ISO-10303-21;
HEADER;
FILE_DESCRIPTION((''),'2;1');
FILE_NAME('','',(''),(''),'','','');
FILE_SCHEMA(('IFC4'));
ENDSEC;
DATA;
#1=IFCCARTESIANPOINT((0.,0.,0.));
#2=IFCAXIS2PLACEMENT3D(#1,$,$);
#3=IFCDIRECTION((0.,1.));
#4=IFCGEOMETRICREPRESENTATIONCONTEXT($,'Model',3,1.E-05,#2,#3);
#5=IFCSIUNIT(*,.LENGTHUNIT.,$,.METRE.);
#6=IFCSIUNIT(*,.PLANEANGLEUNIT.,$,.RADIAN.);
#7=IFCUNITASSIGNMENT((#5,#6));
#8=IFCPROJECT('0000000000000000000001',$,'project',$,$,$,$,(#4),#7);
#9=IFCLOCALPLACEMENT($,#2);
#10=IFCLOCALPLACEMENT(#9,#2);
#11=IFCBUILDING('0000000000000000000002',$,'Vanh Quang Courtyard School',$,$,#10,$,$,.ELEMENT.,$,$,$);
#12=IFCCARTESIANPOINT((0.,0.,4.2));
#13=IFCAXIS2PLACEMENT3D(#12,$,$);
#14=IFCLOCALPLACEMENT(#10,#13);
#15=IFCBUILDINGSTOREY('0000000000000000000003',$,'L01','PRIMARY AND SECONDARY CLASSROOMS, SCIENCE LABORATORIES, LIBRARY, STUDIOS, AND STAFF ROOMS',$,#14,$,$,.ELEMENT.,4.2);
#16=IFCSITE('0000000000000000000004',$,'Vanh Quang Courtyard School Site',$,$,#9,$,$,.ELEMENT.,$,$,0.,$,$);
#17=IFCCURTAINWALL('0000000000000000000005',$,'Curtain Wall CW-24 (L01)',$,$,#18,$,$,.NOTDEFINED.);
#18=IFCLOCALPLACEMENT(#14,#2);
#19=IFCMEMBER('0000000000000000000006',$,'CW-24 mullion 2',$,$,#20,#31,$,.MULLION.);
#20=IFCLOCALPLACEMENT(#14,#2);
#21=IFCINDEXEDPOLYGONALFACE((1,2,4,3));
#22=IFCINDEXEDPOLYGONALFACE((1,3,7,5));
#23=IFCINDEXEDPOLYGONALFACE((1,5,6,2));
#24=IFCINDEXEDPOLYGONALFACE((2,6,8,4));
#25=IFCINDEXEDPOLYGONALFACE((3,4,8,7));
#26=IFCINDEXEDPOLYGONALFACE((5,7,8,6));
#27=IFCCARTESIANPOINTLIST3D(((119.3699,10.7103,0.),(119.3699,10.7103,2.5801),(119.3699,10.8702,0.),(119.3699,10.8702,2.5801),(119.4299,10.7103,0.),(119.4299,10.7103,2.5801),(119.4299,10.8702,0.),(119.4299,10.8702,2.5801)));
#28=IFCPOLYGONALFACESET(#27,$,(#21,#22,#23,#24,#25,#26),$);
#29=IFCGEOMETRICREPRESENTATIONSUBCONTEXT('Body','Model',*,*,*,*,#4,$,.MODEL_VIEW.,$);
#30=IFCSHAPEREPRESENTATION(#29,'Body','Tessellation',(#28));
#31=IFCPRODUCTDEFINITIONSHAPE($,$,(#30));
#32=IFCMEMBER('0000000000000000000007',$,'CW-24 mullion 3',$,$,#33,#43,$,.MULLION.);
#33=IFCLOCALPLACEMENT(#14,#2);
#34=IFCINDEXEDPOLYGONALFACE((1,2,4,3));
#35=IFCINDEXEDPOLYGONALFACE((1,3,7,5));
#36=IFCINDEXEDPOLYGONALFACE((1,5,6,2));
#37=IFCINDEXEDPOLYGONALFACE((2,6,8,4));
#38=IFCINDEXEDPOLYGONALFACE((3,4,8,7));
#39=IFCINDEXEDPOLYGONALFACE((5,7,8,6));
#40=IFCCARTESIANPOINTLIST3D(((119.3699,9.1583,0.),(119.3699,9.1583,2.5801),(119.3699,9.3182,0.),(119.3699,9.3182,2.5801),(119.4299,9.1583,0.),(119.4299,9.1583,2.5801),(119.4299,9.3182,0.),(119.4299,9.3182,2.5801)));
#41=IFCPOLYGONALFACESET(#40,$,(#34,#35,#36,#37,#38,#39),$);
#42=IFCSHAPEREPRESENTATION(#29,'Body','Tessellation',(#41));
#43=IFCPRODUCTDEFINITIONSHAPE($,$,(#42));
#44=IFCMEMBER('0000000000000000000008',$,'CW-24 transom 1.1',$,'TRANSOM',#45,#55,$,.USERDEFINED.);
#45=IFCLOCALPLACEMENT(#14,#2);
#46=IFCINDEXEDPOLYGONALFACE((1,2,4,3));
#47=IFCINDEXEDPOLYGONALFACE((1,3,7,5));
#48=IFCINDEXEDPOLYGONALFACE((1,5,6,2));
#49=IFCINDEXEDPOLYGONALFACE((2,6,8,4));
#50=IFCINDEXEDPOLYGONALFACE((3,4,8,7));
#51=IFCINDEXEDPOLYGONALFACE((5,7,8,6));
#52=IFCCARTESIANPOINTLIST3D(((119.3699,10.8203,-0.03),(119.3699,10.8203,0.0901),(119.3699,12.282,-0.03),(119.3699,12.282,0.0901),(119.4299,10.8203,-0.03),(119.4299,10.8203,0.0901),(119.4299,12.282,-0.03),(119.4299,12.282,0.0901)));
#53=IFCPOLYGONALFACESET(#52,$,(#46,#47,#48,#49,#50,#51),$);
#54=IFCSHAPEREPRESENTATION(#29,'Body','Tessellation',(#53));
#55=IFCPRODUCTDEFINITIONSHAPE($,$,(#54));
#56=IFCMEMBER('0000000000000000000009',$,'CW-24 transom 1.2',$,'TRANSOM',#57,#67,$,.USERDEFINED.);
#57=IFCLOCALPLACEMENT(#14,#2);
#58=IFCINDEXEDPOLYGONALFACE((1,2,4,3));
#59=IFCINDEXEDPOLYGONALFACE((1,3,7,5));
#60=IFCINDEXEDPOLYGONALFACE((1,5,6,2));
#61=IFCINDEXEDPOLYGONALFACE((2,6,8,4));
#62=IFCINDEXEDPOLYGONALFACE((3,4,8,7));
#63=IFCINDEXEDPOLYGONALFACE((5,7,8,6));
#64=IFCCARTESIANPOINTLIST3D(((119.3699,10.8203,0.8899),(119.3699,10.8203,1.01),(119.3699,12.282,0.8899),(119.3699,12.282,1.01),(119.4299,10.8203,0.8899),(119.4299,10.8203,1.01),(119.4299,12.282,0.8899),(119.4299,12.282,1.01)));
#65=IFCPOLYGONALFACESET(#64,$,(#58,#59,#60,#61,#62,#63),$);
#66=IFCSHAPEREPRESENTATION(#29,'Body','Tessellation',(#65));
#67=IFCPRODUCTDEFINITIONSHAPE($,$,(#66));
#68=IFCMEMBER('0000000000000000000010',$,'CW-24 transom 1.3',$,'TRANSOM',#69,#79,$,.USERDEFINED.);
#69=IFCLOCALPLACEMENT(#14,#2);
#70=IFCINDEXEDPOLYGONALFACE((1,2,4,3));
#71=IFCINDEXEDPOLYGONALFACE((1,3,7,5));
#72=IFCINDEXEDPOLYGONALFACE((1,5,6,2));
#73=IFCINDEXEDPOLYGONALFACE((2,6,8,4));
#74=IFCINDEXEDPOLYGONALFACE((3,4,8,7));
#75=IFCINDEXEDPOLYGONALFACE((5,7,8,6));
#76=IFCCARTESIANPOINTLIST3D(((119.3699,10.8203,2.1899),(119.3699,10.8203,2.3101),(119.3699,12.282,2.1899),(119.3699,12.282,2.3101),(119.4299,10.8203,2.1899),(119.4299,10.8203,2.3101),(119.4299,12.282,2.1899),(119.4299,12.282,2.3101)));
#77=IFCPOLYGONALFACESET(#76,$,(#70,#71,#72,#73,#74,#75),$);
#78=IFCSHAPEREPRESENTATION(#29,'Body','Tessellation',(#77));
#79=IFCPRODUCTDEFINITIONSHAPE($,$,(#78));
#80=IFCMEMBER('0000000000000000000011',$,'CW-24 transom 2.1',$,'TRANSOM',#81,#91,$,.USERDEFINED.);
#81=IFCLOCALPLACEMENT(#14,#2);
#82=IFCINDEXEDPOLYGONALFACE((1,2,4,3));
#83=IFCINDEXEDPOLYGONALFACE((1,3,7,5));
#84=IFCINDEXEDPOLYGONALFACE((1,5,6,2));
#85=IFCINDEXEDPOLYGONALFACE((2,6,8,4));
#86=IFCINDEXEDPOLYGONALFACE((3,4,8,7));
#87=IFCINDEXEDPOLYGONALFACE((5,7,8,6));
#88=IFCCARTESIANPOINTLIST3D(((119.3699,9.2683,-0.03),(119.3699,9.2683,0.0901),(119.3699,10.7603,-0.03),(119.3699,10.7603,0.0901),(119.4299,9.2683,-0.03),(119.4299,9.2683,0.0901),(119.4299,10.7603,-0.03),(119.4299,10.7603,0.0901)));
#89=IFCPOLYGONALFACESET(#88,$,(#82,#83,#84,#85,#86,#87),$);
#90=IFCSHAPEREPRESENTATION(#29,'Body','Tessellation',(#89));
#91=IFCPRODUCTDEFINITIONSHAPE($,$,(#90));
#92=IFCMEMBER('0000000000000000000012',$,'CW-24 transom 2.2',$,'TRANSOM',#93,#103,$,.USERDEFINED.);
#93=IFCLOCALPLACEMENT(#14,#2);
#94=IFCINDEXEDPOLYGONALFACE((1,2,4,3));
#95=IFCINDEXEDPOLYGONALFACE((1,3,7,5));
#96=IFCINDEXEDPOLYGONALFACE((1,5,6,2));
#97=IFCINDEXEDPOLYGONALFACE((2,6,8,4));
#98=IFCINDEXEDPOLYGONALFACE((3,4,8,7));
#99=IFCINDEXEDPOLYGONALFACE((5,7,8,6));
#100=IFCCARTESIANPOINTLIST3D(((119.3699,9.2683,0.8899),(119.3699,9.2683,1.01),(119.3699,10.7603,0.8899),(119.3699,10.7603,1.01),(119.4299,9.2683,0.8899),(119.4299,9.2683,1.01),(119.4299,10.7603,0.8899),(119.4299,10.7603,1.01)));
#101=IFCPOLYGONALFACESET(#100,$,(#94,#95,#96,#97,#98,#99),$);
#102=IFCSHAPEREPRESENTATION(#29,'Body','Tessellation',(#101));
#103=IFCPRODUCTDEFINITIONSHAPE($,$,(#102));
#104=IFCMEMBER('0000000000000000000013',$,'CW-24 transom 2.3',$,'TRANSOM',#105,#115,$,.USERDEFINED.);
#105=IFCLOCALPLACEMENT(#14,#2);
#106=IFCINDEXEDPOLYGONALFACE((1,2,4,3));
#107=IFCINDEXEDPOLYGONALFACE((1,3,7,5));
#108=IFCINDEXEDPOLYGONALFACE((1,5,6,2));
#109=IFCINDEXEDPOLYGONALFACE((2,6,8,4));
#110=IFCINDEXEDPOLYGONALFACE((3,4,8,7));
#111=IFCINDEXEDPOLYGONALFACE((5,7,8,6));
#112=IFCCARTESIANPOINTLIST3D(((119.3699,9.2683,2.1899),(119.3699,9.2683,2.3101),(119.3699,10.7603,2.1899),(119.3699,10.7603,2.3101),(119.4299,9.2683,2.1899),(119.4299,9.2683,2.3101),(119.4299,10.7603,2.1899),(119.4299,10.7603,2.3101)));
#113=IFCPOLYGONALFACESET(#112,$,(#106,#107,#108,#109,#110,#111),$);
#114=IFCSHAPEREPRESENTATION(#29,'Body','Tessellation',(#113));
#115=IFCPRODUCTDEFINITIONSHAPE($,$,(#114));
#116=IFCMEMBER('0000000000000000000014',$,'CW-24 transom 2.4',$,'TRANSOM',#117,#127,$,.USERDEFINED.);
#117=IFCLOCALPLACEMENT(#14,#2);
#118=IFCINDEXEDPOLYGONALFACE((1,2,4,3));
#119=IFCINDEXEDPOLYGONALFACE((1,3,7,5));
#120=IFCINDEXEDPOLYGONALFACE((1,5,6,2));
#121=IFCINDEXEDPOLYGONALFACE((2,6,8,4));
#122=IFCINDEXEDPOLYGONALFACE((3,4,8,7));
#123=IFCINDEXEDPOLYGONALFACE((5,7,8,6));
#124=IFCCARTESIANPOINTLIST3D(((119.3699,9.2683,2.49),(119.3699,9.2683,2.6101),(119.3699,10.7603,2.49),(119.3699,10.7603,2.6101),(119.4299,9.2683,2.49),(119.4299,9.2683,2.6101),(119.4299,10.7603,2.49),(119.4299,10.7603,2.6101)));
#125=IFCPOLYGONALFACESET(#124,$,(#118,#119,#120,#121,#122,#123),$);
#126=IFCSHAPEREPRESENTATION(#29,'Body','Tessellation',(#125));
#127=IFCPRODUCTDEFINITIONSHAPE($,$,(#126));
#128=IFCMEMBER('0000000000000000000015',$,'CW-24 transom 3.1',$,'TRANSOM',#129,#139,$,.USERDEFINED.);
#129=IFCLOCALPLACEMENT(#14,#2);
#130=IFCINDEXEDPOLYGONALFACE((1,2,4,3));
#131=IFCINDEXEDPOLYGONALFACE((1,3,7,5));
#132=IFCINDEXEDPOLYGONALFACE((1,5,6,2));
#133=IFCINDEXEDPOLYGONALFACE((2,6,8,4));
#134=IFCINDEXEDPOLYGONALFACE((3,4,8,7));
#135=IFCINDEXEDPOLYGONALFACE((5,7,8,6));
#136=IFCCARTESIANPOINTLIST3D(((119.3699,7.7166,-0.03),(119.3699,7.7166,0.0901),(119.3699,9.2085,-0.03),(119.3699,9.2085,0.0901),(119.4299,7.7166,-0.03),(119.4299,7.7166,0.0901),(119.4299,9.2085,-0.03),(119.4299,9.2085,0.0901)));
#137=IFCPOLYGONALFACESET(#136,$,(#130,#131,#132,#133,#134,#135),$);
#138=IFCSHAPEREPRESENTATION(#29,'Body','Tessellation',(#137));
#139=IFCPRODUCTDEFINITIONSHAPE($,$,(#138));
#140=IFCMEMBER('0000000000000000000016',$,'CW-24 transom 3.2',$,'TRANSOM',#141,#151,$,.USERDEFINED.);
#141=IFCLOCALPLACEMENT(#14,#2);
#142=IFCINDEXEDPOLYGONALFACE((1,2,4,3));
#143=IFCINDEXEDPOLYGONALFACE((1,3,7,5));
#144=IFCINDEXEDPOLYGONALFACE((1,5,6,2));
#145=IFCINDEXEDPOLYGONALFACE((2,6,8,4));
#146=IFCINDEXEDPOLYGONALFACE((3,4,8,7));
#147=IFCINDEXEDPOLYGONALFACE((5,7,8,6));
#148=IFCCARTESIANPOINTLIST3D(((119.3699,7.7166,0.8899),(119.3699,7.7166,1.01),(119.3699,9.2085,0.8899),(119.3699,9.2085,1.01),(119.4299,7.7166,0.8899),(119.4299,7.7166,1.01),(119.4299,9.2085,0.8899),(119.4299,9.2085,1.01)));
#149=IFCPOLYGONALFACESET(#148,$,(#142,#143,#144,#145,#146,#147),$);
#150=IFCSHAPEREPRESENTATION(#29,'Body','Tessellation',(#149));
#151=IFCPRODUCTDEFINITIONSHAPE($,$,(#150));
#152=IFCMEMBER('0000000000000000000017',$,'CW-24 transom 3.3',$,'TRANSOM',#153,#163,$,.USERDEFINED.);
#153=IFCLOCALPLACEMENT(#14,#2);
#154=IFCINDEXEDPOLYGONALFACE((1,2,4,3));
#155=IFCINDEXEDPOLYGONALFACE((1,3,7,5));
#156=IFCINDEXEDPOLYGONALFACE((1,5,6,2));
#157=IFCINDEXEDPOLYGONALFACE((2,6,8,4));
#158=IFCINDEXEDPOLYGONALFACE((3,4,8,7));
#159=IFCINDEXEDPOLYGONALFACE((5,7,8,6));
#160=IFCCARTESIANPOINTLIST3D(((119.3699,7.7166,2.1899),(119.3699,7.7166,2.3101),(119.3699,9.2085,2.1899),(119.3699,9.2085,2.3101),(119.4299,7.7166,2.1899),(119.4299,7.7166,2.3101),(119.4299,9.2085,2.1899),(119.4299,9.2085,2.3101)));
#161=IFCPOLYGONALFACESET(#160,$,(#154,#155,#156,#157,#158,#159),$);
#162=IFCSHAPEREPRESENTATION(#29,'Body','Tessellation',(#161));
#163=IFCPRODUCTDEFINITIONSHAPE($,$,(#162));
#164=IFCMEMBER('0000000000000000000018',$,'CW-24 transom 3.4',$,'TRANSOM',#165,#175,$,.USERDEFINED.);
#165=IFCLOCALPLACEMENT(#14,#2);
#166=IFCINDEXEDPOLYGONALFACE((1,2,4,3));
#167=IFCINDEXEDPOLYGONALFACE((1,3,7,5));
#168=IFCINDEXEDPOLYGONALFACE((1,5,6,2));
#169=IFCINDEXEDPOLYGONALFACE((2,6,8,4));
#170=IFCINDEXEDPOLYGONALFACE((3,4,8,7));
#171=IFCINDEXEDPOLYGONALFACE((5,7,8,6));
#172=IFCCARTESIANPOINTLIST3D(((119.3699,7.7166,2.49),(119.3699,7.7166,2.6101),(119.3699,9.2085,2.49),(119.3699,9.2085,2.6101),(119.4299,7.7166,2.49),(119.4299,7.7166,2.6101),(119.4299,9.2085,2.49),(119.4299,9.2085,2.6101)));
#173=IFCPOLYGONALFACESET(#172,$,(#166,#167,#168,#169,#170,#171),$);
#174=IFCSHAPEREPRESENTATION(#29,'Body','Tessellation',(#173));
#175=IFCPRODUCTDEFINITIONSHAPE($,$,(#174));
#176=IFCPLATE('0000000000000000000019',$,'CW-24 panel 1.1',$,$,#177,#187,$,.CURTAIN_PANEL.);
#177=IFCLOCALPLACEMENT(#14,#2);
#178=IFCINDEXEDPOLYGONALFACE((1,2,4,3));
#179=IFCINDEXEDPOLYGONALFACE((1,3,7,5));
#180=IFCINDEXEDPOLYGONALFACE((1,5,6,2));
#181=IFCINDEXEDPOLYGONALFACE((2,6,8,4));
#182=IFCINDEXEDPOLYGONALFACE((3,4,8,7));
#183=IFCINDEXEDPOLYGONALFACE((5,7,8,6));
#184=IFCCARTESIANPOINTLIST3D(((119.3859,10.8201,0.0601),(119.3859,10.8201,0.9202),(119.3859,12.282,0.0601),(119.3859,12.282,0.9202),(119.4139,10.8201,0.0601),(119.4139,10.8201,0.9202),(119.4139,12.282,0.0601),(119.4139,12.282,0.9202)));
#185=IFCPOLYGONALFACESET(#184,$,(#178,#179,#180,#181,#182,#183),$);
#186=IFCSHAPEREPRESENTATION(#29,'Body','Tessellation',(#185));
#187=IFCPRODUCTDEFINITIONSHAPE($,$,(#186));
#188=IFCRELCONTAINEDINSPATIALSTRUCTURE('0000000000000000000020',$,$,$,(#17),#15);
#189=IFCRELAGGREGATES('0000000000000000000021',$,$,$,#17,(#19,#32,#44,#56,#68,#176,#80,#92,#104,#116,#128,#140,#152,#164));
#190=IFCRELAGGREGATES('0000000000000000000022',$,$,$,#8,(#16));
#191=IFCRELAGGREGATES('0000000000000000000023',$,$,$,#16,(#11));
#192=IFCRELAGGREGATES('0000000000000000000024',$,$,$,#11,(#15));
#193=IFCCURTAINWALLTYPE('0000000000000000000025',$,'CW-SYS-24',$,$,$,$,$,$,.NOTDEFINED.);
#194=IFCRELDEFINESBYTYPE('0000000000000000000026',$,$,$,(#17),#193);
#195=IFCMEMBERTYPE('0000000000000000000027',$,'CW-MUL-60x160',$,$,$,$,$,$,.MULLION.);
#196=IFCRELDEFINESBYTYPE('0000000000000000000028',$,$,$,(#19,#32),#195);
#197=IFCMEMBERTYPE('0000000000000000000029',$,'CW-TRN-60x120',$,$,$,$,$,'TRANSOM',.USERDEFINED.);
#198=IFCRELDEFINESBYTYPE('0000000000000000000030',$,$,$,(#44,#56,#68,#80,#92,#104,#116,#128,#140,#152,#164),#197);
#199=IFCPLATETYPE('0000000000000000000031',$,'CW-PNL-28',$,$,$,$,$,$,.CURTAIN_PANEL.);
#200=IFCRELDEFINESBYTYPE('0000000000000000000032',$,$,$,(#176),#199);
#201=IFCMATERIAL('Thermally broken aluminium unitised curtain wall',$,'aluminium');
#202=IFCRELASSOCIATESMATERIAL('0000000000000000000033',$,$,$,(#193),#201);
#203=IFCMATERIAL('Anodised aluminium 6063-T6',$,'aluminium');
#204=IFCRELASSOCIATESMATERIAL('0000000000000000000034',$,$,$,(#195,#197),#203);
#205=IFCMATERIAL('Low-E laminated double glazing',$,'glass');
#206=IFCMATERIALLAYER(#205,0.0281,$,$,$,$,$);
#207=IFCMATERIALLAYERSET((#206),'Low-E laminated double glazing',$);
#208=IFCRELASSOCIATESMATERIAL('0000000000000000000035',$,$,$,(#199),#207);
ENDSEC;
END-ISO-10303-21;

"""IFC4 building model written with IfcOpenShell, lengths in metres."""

from ifc_helpers import new_model, si_unit, direction, frame, origin, origin_2d, place, context, subcontext, project, spatial, rectangle, extrude, material, layer, layer_set, material_profile, profile_set, type_object, element, aggregate, save


model = new_model("IFC4")

# Units and contexts
model_context = context("Model", 3, precision=1e-05, world=origin(), true_north=direction((0.0, 1.0)))
body_context = subcontext(model_context, "Body", "Model", "MODEL_VIEW")
ifc_project = project(units=[si_unit("LENGTHUNIT", "METRE"), si_unit("PLANEANGLEUNIT", "RADIAN")], contexts=[model_context])

# Site, building, storey
site_placement = place(None, origin())
site = spatial("IfcSite", under=ifc_project, at=site_placement, Name="Vanh Quang Courtyard School Site", CompositionType="ELEMENT", RefElevation=0.0)
building_placement = place(site_placement, origin())
building = spatial("IfcBuilding", under=site, at=building_placement, Name="Vanh Quang Courtyard School", CompositionType="ELEMENT")
storey_placement = place(building_placement, frame((0.0, 0.0, 4.2)))
storey = spatial("IfcBuildingStorey", under=building, at=storey_placement, Name="L01", Description="PRIMARY AND SECONDARY CLASSROOMS, SCIENCE LABORATORIES, LIBRARY, STUDIOS, AND STAFF ROOMS", CompositionType="ELEMENT", Elevation=4.2)

# Curtain wall, members, plate
ifc_material_1 = material(Name="Thermally broken aluminium unitised curtain wall", Category="aluminium")
curtain_wall_type = type_object("IfcCurtainWallType", Name="CW-SYS-24", PredefinedType="NOTDEFINED", material=ifc_material_1)
curtain_wall_placement = place(storey_placement, origin())
curtain_wall = element("IfcCurtainWall", 1, at=curtain_wall_placement, inside=storey, type_object=curtain_wall_type, Name="Curtain Wall CW-24 (L01)", PredefinedType="NOTDEFINED")
ifc_material_2 = material(Name="Anodised aluminium 6063-T6", Category="aluminium")
ifc_material_profile_1 = material_profile(ifc_material_2, rectangle(XDim=0.0601, YDim=0.1599, at=origin_2d()), Name="ALU-MUL 60x160")
ifc_profile_set_1 = profile_set([ifc_material_profile_1], Name="Anodised aluminium 6063-T6")
member_type_1 = type_object("IfcMemberType", Name="CW-MUL-60x160", PredefinedType="MULLION", material=ifc_profile_set_1)
member_1_placement = place(storey_placement, frame((119.3999, 10.7903, 0.0), z_axis=(0.0, 0.0, 1.0), x_axis=(1.0, 0.0, 0.0)))
member_1 = element("IfcMember", 2, at=member_1_placement, type_object=member_type_1, Name="CW-24 mullion 2", PredefinedType="MULLION", context=body_context, shape_type="SweptSolid", body=[
    extrude(rectangle(XDim=0.0601, YDim=0.1599, at=origin_2d()), origin(), (0.0, 0.0, 1.0), 2.5801),
])
member_2_placement = place(storey_placement, frame((119.3999, 9.2383, 0.0), z_axis=(0.0, 0.0, 1.0), x_axis=(1.0, 0.0, 0.0)))
member_2 = element("IfcMember", 3, at=member_2_placement, type_object=member_type_1, Name="CW-24 mullion 3", PredefinedType="MULLION", context=body_context, shape_type="SweptSolid", body=[
    extrude(rectangle(XDim=0.0601, YDim=0.1599, at=origin_2d()), origin(), (0.0, 0.0, 1.0), 2.5801),
])
ifc_material_profile_2 = material_profile(ifc_material_2, rectangle(XDim=0.0601, YDim=0.1201, at=origin_2d()), Name="ALU-TRN 60x120")
ifc_profile_set_2 = profile_set([ifc_material_profile_2], Name="Anodised aluminium 6063-T6")
member_type_2 = type_object("IfcMemberType", Name="CW-TRN-60x120", ElementType="TRANSOM", PredefinedType="USERDEFINED", material=ifc_profile_set_2)
member_3_placement = place(storey_placement, frame((119.3999, 12.282, 0.03), z_axis=(0.0, -1.0, 0.0), x_axis=(1.0, 0.0, 0.0)))
member_3 = element("IfcMember", 4, at=member_3_placement, type_object=member_type_2, Name="CW-24 transom 1.1", ObjectType="TRANSOM", PredefinedType="USERDEFINED", context=body_context, shape_type="SweptSolid", body=[
    extrude(rectangle(XDim=0.0601, YDim=0.1201, at=origin_2d()), origin(), (0.0, 0.0, 1.0), 1.4617),
])
member_4_placement = place(storey_placement, frame((119.3999, 12.282, 0.95), z_axis=(0.0, -1.0, 0.0), x_axis=(1.0, 0.0, 0.0)))
member_4 = element("IfcMember", 5, at=member_4_placement, type_object=member_type_2, Name="CW-24 transom 1.2", ObjectType="TRANSOM", PredefinedType="USERDEFINED", context=body_context, shape_type="SweptSolid", body=[
    extrude(rectangle(XDim=0.0601, YDim=0.1201, at=origin_2d()), origin(), (0.0, 0.0, 1.0), 1.4617),
])
member_5_placement = place(storey_placement, frame((119.3999, 12.282, 2.25), z_axis=(0.0, -1.0, 0.0), x_axis=(1.0, 0.0, 0.0)))
member_5 = element("IfcMember", 6, at=member_5_placement, type_object=member_type_2, Name="CW-24 transom 1.3", ObjectType="TRANSOM", PredefinedType="USERDEFINED", context=body_context, shape_type="SweptSolid", body=[
    extrude(rectangle(XDim=0.0601, YDim=0.1201, at=origin_2d()), origin(), (0.0, 0.0, 1.0), 1.4617),
])
member_6_placement = place(storey_placement, frame((119.3999, 10.7603, 0.03), z_axis=(0.0, -1.0, 0.0), x_axis=(1.0, 0.0, 0.0)))
member_6 = element("IfcMember", 7, at=member_6_placement, type_object=member_type_2, Name="CW-24 transom 2.1", ObjectType="TRANSOM", PredefinedType="USERDEFINED", context=body_context, shape_type="SweptSolid", body=[
    extrude(rectangle(XDim=0.0601, YDim=0.1201, at=origin_2d()), origin(), (0.0, 0.0, 1.0), 1.4919),
])
member_7_placement = place(storey_placement, frame((119.3999, 10.7603, 0.95), z_axis=(0.0, -1.0, 0.0), x_axis=(1.0, 0.0, 0.0)))
member_7 = element("IfcMember", 8, at=member_7_placement, type_object=member_type_2, Name="CW-24 transom 2.2", ObjectType="TRANSOM", PredefinedType="USERDEFINED", context=body_context, shape_type="SweptSolid", body=[
    extrude(rectangle(XDim=0.0601, YDim=0.1201, at=origin_2d()), origin(), (0.0, 0.0, 1.0), 1.4919),
])
member_8_placement = place(storey_placement, frame((119.3999, 10.7603, 2.25), z_axis=(0.0, -1.0, 0.0), x_axis=(1.0, 0.0, 0.0)))
member_8 = element("IfcMember", 9, at=member_8_placement, type_object=member_type_2, Name="CW-24 transom 2.3", ObjectType="TRANSOM", PredefinedType="USERDEFINED", context=body_context, shape_type="SweptSolid", body=[
    extrude(rectangle(XDim=0.0601, YDim=0.1201, at=origin_2d()), origin(), (0.0, 0.0, 1.0), 1.4919),
])
member_9_placement = place(storey_placement, frame((119.3999, 10.7603, 2.55), z_axis=(0.0, -1.0, 0.0), x_axis=(1.0, 0.0, 0.0)))
member_9 = element("IfcMember", 10, at=member_9_placement, type_object=member_type_2, Name="CW-24 transom 2.4", ObjectType="TRANSOM", PredefinedType="USERDEFINED", context=body_context, shape_type="SweptSolid", body=[
    extrude(rectangle(XDim=0.0601, YDim=0.1201, at=origin_2d()), origin(), (0.0, 0.0, 1.0), 1.4919),
])
member_10_placement = place(storey_placement, frame((119.3999, 9.2085, 0.03), z_axis=(0.0, -1.0, 0.0), x_axis=(1.0, 0.0, 0.0)))
member_10 = element("IfcMember", 11, at=member_10_placement, type_object=member_type_2, Name="CW-24 transom 3.1", ObjectType="TRANSOM", PredefinedType="USERDEFINED", context=body_context, shape_type="SweptSolid", body=[
    extrude(rectangle(XDim=0.0601, YDim=0.1201, at=origin_2d()), origin(), (0.0, 0.0, 1.0), 1.4919),
])
member_11_placement = place(storey_placement, frame((119.3999, 9.2085, 0.95), z_axis=(0.0, -1.0, 0.0), x_axis=(1.0, 0.0, 0.0)))
member_11 = element("IfcMember", 12, at=member_11_placement, type_object=member_type_2, Name="CW-24 transom 3.2", ObjectType="TRANSOM", PredefinedType="USERDEFINED", context=body_context, shape_type="SweptSolid", body=[
    extrude(rectangle(XDim=0.0601, YDim=0.1201, at=origin_2d()), origin(), (0.0, 0.0, 1.0), 1.4919),
])
member_12_placement = place(storey_placement, frame((119.3999, 9.2085, 2.25), z_axis=(0.0, -1.0, 0.0), x_axis=(1.0, 0.0, 0.0)))
member_12 = element("IfcMember", 13, at=member_12_placement, type_object=member_type_2, Name="CW-24 transom 3.3", ObjectType="TRANSOM", PredefinedType="USERDEFINED", context=body_context, shape_type="SweptSolid", body=[
    extrude(rectangle(XDim=0.0601, YDim=0.1201, at=origin_2d()), origin(), (0.0, 0.0, 1.0), 1.4919),
])
member_13_placement = place(storey_placement, frame((119.3999, 9.2085, 2.55), z_axis=(0.0, -1.0, 0.0), x_axis=(1.0, 0.0, 0.0)))
member_13 = element("IfcMember", 14, at=member_13_placement, type_object=member_type_2, Name="CW-24 transom 3.4", ObjectType="TRANSOM", PredefinedType="USERDEFINED", context=body_context, shape_type="SweptSolid", body=[
    extrude(rectangle(XDim=0.0601, YDim=0.1201, at=origin_2d()), origin(), (0.0, 0.0, 1.0), 1.4919),
])
ifc_material_3 = material(Name="Low-E laminated double glazing", Category="glass")
ifc_layer = layer(ifc_material_3, 0.0281)
ifc_layer_set = layer_set([ifc_layer], Name="Low-E laminated double glazing")
plate_type = type_object("IfcPlateType", Name="CW-PNL-28", PredefinedType="CURTAIN_PANEL", material=ifc_layer_set)
plate_1_placement = place(storey_placement, frame((119.3999, 11.551, 0.0601), z_axis=(0.0, 0.0, 1.0), x_axis=(0.0, -1.0, 0.0)))
plate_1 = element("IfcPlate", 15, at=plate_1_placement, type_object=plate_type, Name="CW-24 panel 1.1", PredefinedType="CURTAIN_PANEL", context=body_context, shape_type="SweptSolid", body=[
    extrude(rectangle(XDim=1.4619, YDim=0.0281, at=origin_2d()), origin(), (0.0, 0.0, 1.0), 0.8601),
])
aggregate(curtain_wall, [member_1, member_2, member_3, member_4, member_5, plate_1, member_6, member_7, member_8, member_9, member_10, member_11, member_12, member_13])

save(model, "model.ifc")
